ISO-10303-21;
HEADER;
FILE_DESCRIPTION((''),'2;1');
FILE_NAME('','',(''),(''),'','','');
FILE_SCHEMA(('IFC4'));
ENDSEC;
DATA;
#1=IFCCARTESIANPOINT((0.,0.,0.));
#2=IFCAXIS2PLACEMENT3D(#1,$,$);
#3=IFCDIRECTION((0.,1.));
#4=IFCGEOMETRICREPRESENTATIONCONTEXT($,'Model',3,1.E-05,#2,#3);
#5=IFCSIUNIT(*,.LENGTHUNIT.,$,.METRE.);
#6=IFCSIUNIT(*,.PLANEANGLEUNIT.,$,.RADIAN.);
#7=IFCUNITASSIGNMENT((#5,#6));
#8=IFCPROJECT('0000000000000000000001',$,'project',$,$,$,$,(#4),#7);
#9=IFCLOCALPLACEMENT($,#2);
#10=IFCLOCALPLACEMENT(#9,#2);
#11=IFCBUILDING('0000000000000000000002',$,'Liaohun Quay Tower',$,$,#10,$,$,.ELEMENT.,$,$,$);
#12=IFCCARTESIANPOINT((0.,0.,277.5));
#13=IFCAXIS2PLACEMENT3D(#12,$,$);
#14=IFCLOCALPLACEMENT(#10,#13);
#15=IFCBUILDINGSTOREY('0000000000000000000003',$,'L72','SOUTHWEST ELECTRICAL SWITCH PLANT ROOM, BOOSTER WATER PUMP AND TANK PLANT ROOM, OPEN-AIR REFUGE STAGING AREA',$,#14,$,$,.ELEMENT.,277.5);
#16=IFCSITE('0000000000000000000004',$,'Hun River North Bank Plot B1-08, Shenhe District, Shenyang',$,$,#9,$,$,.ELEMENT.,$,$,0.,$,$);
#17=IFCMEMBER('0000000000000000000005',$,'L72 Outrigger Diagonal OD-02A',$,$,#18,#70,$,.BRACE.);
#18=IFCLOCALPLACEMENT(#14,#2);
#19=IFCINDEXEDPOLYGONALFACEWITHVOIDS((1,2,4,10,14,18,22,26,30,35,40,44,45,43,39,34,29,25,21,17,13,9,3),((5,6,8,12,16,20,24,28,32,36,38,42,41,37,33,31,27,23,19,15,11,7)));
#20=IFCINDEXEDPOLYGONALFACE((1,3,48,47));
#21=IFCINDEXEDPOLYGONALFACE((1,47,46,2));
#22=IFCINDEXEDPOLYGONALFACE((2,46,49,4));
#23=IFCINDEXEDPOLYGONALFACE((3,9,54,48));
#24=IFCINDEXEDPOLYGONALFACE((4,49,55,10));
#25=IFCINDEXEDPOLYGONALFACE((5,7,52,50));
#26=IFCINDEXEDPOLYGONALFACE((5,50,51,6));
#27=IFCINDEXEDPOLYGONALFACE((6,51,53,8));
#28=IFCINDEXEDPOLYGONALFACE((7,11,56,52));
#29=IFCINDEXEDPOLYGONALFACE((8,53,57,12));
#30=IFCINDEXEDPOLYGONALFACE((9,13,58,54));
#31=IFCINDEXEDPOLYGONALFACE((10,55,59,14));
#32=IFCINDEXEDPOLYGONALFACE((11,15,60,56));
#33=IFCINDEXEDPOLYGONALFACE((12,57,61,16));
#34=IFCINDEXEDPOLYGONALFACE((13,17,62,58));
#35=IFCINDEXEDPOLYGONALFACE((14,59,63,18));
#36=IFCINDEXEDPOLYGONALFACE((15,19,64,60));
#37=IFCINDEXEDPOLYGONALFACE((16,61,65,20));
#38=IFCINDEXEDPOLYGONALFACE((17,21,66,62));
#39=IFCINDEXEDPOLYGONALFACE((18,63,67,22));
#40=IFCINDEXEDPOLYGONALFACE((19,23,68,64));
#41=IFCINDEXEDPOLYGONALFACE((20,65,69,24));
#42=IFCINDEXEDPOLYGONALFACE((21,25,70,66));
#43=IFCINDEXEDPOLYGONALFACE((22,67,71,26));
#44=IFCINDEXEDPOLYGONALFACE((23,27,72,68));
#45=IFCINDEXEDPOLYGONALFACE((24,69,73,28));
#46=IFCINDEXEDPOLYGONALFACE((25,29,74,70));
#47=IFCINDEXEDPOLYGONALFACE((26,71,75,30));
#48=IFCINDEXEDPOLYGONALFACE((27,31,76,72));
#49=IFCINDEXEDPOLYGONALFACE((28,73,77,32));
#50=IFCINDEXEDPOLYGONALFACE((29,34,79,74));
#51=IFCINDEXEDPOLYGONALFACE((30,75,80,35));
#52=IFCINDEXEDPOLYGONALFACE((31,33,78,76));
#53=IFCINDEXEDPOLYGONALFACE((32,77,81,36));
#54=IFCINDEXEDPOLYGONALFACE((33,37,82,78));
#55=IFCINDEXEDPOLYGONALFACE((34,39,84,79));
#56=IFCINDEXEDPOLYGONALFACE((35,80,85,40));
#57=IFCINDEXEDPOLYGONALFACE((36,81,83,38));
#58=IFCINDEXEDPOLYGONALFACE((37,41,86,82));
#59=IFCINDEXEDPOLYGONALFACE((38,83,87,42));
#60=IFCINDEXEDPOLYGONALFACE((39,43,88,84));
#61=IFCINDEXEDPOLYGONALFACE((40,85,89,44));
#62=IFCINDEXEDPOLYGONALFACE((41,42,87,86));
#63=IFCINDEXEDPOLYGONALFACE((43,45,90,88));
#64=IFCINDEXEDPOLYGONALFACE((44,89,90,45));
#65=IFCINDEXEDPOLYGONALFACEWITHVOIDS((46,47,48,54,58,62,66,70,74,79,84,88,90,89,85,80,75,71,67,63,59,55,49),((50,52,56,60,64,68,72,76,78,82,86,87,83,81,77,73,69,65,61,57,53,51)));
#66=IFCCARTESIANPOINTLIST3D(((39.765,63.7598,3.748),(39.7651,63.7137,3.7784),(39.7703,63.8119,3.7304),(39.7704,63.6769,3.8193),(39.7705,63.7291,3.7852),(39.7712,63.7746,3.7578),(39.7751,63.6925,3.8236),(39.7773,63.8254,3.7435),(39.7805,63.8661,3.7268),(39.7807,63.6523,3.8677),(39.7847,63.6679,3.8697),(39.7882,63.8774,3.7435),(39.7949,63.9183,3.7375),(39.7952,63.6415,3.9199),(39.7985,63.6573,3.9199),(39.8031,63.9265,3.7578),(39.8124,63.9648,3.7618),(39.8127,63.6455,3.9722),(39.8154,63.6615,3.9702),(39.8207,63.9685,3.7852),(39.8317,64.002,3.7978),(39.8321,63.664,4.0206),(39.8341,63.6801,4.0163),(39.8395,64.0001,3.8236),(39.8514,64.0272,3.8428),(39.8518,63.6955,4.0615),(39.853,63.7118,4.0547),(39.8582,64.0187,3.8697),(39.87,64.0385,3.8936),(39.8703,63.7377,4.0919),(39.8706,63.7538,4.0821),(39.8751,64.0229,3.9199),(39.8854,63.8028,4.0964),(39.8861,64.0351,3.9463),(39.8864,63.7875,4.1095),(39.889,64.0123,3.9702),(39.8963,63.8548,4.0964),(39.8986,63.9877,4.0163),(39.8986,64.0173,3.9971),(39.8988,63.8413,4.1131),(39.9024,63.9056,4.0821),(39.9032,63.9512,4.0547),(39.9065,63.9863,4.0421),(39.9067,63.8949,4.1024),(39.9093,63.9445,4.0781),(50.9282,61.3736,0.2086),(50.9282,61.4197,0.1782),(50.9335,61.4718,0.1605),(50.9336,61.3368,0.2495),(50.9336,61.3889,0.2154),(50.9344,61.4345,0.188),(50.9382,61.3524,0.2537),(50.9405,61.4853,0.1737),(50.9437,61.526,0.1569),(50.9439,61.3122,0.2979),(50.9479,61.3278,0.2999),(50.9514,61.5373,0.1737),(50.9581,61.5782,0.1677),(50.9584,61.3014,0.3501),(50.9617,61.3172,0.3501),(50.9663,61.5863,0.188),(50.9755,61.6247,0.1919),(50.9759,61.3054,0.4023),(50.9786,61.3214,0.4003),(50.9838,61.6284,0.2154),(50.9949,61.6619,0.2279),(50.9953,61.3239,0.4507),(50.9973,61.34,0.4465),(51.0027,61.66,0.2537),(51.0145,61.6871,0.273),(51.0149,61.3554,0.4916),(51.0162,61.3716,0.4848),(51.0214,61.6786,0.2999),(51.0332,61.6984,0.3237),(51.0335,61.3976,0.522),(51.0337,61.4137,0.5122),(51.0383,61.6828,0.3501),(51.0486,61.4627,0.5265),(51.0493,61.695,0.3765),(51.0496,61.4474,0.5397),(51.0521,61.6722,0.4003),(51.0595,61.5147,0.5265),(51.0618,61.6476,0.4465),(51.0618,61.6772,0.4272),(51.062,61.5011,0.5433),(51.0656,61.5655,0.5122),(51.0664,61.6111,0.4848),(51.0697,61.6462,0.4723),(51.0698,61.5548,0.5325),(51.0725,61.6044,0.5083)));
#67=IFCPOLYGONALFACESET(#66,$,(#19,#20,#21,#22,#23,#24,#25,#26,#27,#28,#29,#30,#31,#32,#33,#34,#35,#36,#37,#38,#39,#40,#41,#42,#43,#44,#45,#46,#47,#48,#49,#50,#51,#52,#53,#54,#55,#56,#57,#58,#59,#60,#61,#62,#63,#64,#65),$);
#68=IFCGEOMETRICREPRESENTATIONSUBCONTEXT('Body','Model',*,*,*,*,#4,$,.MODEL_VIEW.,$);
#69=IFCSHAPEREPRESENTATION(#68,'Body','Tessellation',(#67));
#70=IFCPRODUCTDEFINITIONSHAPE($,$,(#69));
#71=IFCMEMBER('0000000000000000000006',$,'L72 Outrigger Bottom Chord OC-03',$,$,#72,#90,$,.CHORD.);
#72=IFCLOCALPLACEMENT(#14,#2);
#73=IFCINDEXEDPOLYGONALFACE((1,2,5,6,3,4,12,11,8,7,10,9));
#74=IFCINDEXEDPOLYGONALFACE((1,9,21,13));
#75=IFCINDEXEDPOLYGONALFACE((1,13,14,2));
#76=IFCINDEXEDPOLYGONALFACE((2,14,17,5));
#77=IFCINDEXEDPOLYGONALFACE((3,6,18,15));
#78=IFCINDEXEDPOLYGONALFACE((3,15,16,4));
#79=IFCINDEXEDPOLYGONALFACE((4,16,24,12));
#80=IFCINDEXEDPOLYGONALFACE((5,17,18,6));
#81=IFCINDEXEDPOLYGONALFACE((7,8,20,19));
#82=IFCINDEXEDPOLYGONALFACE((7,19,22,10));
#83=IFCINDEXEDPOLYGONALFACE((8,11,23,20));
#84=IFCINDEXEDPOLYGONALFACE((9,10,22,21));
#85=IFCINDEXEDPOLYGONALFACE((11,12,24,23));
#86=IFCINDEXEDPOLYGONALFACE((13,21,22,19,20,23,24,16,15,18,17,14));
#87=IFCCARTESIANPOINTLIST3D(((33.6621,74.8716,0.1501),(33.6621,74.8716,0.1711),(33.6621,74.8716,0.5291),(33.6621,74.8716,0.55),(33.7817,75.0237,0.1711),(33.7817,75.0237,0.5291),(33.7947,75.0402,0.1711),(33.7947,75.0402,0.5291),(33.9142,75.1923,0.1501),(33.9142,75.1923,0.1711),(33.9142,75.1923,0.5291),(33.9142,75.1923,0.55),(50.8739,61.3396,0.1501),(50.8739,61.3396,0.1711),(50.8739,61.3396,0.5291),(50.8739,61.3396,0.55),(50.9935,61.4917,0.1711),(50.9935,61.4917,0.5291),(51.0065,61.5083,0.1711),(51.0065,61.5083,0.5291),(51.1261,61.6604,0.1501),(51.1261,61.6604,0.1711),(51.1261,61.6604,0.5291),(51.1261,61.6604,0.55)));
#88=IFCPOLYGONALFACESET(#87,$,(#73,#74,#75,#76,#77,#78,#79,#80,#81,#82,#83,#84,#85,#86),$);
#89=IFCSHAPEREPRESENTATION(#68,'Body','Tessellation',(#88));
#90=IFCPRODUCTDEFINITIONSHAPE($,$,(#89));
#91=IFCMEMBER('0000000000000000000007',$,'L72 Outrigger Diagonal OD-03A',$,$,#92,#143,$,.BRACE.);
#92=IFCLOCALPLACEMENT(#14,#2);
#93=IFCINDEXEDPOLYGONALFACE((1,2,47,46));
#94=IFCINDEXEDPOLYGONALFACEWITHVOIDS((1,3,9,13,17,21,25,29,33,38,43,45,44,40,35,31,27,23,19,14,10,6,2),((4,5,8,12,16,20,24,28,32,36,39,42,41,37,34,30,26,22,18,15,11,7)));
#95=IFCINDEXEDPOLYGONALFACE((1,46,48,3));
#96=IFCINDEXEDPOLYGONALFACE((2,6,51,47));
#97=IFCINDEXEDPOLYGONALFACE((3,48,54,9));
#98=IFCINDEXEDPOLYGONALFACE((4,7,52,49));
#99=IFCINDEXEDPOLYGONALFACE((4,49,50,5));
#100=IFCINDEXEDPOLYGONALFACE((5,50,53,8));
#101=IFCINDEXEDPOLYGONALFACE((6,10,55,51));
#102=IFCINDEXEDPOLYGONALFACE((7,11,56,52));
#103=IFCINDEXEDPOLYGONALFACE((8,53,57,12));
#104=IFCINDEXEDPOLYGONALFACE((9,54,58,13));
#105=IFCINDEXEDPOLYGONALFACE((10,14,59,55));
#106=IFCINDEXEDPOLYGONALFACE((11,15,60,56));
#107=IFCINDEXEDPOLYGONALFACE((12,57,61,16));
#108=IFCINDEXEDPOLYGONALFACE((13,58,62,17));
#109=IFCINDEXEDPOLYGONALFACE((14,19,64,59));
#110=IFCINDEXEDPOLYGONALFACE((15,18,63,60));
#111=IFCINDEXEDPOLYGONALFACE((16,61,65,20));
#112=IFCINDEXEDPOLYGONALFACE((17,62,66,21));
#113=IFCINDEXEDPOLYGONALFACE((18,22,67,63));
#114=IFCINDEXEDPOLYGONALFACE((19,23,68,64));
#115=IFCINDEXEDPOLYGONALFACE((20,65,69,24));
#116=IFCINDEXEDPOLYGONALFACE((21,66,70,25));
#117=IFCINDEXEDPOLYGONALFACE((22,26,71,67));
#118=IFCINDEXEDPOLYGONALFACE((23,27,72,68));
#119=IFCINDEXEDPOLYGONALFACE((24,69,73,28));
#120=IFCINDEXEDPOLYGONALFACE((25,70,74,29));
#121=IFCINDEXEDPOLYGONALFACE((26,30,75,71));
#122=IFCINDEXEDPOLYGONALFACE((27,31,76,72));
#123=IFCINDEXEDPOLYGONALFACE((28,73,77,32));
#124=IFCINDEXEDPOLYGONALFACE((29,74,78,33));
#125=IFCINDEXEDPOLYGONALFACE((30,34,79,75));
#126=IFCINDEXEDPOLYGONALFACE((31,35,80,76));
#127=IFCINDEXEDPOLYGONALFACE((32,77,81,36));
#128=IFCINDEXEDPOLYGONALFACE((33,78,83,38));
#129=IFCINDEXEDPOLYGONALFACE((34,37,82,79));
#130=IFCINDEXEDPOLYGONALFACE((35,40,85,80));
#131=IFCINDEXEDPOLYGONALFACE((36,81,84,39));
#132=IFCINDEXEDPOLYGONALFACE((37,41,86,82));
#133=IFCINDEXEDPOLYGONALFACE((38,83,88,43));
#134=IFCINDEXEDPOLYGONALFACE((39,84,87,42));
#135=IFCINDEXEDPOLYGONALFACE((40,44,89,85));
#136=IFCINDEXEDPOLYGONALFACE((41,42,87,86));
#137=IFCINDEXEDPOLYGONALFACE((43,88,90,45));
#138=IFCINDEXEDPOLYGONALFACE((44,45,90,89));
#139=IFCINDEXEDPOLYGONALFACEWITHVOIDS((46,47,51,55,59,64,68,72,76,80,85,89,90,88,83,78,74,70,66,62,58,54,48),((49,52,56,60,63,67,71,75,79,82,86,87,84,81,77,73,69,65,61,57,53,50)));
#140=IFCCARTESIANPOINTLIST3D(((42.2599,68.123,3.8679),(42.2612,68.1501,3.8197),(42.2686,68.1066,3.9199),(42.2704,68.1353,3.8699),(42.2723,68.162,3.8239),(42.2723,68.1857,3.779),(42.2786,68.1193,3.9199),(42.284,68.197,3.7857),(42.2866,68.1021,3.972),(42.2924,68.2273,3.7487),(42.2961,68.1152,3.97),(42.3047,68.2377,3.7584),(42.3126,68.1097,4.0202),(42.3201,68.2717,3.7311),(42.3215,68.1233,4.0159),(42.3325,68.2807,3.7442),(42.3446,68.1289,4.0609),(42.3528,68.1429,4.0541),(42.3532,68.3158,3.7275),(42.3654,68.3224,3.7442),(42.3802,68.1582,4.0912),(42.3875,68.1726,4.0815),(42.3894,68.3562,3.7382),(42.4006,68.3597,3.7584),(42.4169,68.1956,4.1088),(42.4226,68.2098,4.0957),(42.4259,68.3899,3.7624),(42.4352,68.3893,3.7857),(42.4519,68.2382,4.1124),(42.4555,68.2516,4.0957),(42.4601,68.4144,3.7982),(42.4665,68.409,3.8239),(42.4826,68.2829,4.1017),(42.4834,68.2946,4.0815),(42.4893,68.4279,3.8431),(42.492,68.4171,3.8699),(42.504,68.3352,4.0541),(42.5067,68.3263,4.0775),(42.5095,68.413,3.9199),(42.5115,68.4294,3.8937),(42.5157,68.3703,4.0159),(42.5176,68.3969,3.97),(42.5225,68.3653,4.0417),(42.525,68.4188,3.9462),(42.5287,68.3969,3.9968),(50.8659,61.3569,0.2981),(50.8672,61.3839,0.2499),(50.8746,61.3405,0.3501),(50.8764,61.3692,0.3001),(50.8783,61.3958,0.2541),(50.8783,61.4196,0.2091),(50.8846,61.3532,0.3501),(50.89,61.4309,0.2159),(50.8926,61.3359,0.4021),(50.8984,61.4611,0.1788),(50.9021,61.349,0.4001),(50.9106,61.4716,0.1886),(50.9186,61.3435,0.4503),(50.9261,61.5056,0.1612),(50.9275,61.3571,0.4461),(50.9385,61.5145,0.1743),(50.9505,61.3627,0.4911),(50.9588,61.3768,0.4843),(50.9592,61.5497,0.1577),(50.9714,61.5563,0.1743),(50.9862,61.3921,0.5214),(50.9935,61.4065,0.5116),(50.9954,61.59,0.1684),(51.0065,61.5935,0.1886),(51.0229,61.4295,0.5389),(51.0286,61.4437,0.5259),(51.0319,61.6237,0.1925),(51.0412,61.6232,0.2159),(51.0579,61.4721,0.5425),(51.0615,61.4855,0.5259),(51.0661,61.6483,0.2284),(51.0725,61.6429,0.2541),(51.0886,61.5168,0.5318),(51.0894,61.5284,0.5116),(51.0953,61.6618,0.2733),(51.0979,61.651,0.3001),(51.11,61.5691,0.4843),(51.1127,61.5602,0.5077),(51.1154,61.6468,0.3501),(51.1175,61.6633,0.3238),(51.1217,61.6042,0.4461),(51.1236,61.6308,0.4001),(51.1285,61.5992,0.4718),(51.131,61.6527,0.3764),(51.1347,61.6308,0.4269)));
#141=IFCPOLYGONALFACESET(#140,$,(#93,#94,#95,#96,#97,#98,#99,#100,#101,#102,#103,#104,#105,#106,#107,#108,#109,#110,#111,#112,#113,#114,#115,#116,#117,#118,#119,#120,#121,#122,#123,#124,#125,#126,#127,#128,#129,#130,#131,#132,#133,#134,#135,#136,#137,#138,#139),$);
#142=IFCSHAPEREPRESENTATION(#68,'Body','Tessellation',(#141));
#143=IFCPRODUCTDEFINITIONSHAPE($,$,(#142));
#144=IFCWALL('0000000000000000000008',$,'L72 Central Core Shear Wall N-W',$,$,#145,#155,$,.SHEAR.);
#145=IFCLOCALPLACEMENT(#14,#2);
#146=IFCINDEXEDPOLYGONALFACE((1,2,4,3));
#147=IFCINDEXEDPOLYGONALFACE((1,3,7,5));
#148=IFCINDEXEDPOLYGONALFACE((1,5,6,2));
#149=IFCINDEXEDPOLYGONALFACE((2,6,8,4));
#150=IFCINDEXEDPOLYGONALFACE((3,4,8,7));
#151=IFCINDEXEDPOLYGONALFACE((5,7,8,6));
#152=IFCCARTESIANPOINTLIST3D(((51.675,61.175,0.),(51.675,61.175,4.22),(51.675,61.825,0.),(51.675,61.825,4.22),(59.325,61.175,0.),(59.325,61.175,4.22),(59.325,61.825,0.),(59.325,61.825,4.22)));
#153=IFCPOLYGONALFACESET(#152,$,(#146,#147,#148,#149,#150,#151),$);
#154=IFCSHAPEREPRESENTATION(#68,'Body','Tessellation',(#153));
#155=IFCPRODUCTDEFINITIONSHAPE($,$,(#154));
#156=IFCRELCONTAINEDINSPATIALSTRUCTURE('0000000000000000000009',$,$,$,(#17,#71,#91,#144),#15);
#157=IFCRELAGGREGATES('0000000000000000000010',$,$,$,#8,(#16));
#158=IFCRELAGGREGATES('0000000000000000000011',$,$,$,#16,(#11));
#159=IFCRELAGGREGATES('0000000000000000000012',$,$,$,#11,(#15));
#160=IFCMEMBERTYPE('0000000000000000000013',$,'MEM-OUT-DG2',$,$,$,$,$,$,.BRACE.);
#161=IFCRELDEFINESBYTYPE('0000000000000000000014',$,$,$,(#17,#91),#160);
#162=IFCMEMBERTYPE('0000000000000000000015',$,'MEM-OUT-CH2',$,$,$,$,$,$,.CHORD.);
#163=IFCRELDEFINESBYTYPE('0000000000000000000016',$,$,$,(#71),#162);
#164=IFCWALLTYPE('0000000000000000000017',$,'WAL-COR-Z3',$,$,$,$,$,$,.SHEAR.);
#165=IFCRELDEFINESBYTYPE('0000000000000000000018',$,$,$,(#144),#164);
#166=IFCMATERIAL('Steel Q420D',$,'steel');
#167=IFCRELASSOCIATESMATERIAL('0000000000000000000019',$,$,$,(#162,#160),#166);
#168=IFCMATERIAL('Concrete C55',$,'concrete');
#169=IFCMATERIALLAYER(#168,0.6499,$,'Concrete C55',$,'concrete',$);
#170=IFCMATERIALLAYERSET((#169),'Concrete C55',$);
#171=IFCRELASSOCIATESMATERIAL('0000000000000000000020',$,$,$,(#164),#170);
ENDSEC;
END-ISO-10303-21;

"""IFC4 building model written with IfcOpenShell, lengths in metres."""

from ifc_helpers import new_model, si_unit, direction, frame, frame_2d, origin, origin_2d, place, context, subcontext, project, spatial, rectangle, hollow_circle, i_section, extrude, source, transform, mapped, material, layer, layer_set, material_profile, profile_set, type_object, element, save


model = new_model("IFC4")

# Units and contexts
model_context = context("Model", 3, precision=1e-05, world=origin(), true_north=direction((0.0, 1.0)))
body_context = subcontext(model_context, "Body", "Model", "MODEL_VIEW")
ifc_project = project(units=[si_unit("LENGTHUNIT", "METRE"), si_unit("PLANEANGLEUNIT", "RADIAN")], contexts=[model_context])

# Site, building, storey
site_placement = place(None, origin())
site = spatial("IfcSite", under=ifc_project, at=site_placement, Name="Hun River North Bank Plot B1-08, Shenhe District, Shenyang", CompositionType="ELEMENT", RefElevation=0.0)
building_placement = place(site_placement, origin())
building = spatial("IfcBuilding", under=site, at=building_placement, Name="Liaohun Quay Tower", CompositionType="ELEMENT")
storey_placement = place(building_placement, frame((0.0, 0.0, 277.5)))
storey = spatial("IfcBuildingStorey", under=building, at=storey_placement, Name="L72", Description="SOUTHWEST ELECTRICAL SWITCH PLANT ROOM, BOOSTER WATER PUMP AND TANK PLANT ROOM, OPEN-AIR REFUGE STAGING AREA", CompositionType="ELEMENT", Elevation=277.5)

# Shared definitions
ifc_material_1 = material(Name="Concrete C55", Category="concrete")

# Members
ifc_material_2 = material(Name="Steel Q420D", Category="steel")
ifc_material_profile_1 = material_profile(ifc_material_2, i_section(OverallWidth=0.408, OverallDepth=0.3999, WebThickness=0.021, FlangeThickness=0.021, at=origin_2d()), Name="HW400x408x21x21")
ifc_profile_set_1 = profile_set([ifc_material_profile_1], Name="Steel Q420D")
member_type_1 = type_object("IfcMemberType", Name="MEM-OUT-CH2", PredefinedType="CHORD", material=ifc_profile_set_1)
ifc_material_profile_2 = material_profile(ifc_material_2, hollow_circle(Radius=0.2029, WallThickness=0.0161, at=origin_2d()), Name="CHS406x16")
ifc_profile_set_2 = profile_set([ifc_material_profile_2], Name="Steel Q420D")
member_type_2 = type_object("IfcMemberType", Name="MEM-OUT-DG2", PredefinedType="BRACE", material=ifc_profile_set_2)
shared_shape_1 = source(origin(), body_context, "Body", "SweptSolid", [
    extrude(hollow_circle(Radius=0.2029, WallThickness=0.0161, at=origin_2d()), origin(), (0.0, 0.0, 1.0), 11.9514),
])
member_1_placement = place(storey_placement, frame((51.0, 61.5, 0.3501), z_axis=(-0.934046, 0.195802, 0.298697), x_axis=(-0.205168, -0.978727, 0.0)))
element("IfcMember", 1, at=member_1_placement, inside=storey, type_object=member_type_2, Name="L72 Outrigger Diagonal OD-02A", PredefinedType="BRACE", context=body_context, shape_type="MappedRepresentation", body=[
    mapped(shared_shape_1, transform((0.0, 0.0, 0.0), x_axis=(1.0, 0.0, 0.0), y_axis=(0.0, 1.0, 0.0), z_axis=(0.0, 0.0, 1.0), scale=1.0)),
])
shared_shape_2 = source(origin(), body_context, "Body", "SweptSolid", [
    extrude(i_section(OverallWidth=0.408, OverallDepth=0.3999, WebThickness=0.021, FlangeThickness=0.021, at=origin_2d()), origin(), (0.0, 0.0, 1.0), 21.8943),
])
member_2_placement = place(storey_placement, frame((51.0, 61.5, 0.3501), z_axis=(-0.786133, 0.618057, 0.0), x_axis=(-0.618057, -0.786133, 0.0)))
element("IfcMember", 2, at=member_2_placement, inside=storey, type_object=member_type_1, Name="L72 Outrigger Bottom Chord OC-03", PredefinedType="CHORD", context=body_context, shape_type="MappedRepresentation", body=[
    mapped(shared_shape_2, transform((0.0, 0.0, 0.0), x_axis=(1.0, 0.0, 0.0), y_axis=(0.0, 1.0, 0.0), z_axis=(0.0, 0.0, 1.0), scale=1.0)),
])
shared_shape_3 = source(origin(), body_context, "Body", "SweptSolid", [
    extrude(hollow_circle(Radius=0.2029, WallThickness=0.0161, at=origin_2d()), origin(), (0.0, 0.0, 1.0), 11.5146),
])
member_3_placement = place(storey_placement, frame((51.0, 61.5, 0.3501), z_axis=(-0.747394, 0.587611, 0.310025), x_axis=(-0.618064, -0.786128, 0.0)))
element("IfcMember", 3, at=member_3_placement, inside=storey, type_object=member_type_2, Name="L72 Outrigger Diagonal OD-03A", PredefinedType="BRACE", context=body_context, shape_type="MappedRepresentation", body=[
    mapped(shared_shape_3, transform((0.0, 0.0, 0.0), x_axis=(1.0, 0.0, 0.0), y_axis=(0.0, 1.0, 0.0), z_axis=(0.0, 0.0, 1.0), scale=1.0)),
])

# Wall
ifc_layer_1 = layer(ifc_material_1, 0.6499, Name="Concrete C55", Category="concrete")
ifc_layer_set_1 = layer_set([ifc_layer_1], Name="Concrete C55")
wall_type_1 = type_object("IfcWallType", Name="WAL-COR-Z3", PredefinedType="SHEAR", material=ifc_layer_set_1)
wall_1_placement = place(storey_placement, frame((51.675, 61.5, 0.0), z_axis=(0.0, 0.0, 1.0), x_axis=(1.0, 0.0, 0.0)))
element("IfcWall", 4, at=wall_1_placement, inside=storey, type_object=wall_type_1, Name="L72 Central Core Shear Wall N-W", PredefinedType="SHEAR", context=body_context, shape_type="SweptSolid", body=[
    extrude(rectangle(XDim=7.6499, YDim=0.6499, at=frame_2d((3.825, 0.0))), origin(), (0.0, 0.0, 1.0), 4.22),
])

save(model, "model.ifc")
